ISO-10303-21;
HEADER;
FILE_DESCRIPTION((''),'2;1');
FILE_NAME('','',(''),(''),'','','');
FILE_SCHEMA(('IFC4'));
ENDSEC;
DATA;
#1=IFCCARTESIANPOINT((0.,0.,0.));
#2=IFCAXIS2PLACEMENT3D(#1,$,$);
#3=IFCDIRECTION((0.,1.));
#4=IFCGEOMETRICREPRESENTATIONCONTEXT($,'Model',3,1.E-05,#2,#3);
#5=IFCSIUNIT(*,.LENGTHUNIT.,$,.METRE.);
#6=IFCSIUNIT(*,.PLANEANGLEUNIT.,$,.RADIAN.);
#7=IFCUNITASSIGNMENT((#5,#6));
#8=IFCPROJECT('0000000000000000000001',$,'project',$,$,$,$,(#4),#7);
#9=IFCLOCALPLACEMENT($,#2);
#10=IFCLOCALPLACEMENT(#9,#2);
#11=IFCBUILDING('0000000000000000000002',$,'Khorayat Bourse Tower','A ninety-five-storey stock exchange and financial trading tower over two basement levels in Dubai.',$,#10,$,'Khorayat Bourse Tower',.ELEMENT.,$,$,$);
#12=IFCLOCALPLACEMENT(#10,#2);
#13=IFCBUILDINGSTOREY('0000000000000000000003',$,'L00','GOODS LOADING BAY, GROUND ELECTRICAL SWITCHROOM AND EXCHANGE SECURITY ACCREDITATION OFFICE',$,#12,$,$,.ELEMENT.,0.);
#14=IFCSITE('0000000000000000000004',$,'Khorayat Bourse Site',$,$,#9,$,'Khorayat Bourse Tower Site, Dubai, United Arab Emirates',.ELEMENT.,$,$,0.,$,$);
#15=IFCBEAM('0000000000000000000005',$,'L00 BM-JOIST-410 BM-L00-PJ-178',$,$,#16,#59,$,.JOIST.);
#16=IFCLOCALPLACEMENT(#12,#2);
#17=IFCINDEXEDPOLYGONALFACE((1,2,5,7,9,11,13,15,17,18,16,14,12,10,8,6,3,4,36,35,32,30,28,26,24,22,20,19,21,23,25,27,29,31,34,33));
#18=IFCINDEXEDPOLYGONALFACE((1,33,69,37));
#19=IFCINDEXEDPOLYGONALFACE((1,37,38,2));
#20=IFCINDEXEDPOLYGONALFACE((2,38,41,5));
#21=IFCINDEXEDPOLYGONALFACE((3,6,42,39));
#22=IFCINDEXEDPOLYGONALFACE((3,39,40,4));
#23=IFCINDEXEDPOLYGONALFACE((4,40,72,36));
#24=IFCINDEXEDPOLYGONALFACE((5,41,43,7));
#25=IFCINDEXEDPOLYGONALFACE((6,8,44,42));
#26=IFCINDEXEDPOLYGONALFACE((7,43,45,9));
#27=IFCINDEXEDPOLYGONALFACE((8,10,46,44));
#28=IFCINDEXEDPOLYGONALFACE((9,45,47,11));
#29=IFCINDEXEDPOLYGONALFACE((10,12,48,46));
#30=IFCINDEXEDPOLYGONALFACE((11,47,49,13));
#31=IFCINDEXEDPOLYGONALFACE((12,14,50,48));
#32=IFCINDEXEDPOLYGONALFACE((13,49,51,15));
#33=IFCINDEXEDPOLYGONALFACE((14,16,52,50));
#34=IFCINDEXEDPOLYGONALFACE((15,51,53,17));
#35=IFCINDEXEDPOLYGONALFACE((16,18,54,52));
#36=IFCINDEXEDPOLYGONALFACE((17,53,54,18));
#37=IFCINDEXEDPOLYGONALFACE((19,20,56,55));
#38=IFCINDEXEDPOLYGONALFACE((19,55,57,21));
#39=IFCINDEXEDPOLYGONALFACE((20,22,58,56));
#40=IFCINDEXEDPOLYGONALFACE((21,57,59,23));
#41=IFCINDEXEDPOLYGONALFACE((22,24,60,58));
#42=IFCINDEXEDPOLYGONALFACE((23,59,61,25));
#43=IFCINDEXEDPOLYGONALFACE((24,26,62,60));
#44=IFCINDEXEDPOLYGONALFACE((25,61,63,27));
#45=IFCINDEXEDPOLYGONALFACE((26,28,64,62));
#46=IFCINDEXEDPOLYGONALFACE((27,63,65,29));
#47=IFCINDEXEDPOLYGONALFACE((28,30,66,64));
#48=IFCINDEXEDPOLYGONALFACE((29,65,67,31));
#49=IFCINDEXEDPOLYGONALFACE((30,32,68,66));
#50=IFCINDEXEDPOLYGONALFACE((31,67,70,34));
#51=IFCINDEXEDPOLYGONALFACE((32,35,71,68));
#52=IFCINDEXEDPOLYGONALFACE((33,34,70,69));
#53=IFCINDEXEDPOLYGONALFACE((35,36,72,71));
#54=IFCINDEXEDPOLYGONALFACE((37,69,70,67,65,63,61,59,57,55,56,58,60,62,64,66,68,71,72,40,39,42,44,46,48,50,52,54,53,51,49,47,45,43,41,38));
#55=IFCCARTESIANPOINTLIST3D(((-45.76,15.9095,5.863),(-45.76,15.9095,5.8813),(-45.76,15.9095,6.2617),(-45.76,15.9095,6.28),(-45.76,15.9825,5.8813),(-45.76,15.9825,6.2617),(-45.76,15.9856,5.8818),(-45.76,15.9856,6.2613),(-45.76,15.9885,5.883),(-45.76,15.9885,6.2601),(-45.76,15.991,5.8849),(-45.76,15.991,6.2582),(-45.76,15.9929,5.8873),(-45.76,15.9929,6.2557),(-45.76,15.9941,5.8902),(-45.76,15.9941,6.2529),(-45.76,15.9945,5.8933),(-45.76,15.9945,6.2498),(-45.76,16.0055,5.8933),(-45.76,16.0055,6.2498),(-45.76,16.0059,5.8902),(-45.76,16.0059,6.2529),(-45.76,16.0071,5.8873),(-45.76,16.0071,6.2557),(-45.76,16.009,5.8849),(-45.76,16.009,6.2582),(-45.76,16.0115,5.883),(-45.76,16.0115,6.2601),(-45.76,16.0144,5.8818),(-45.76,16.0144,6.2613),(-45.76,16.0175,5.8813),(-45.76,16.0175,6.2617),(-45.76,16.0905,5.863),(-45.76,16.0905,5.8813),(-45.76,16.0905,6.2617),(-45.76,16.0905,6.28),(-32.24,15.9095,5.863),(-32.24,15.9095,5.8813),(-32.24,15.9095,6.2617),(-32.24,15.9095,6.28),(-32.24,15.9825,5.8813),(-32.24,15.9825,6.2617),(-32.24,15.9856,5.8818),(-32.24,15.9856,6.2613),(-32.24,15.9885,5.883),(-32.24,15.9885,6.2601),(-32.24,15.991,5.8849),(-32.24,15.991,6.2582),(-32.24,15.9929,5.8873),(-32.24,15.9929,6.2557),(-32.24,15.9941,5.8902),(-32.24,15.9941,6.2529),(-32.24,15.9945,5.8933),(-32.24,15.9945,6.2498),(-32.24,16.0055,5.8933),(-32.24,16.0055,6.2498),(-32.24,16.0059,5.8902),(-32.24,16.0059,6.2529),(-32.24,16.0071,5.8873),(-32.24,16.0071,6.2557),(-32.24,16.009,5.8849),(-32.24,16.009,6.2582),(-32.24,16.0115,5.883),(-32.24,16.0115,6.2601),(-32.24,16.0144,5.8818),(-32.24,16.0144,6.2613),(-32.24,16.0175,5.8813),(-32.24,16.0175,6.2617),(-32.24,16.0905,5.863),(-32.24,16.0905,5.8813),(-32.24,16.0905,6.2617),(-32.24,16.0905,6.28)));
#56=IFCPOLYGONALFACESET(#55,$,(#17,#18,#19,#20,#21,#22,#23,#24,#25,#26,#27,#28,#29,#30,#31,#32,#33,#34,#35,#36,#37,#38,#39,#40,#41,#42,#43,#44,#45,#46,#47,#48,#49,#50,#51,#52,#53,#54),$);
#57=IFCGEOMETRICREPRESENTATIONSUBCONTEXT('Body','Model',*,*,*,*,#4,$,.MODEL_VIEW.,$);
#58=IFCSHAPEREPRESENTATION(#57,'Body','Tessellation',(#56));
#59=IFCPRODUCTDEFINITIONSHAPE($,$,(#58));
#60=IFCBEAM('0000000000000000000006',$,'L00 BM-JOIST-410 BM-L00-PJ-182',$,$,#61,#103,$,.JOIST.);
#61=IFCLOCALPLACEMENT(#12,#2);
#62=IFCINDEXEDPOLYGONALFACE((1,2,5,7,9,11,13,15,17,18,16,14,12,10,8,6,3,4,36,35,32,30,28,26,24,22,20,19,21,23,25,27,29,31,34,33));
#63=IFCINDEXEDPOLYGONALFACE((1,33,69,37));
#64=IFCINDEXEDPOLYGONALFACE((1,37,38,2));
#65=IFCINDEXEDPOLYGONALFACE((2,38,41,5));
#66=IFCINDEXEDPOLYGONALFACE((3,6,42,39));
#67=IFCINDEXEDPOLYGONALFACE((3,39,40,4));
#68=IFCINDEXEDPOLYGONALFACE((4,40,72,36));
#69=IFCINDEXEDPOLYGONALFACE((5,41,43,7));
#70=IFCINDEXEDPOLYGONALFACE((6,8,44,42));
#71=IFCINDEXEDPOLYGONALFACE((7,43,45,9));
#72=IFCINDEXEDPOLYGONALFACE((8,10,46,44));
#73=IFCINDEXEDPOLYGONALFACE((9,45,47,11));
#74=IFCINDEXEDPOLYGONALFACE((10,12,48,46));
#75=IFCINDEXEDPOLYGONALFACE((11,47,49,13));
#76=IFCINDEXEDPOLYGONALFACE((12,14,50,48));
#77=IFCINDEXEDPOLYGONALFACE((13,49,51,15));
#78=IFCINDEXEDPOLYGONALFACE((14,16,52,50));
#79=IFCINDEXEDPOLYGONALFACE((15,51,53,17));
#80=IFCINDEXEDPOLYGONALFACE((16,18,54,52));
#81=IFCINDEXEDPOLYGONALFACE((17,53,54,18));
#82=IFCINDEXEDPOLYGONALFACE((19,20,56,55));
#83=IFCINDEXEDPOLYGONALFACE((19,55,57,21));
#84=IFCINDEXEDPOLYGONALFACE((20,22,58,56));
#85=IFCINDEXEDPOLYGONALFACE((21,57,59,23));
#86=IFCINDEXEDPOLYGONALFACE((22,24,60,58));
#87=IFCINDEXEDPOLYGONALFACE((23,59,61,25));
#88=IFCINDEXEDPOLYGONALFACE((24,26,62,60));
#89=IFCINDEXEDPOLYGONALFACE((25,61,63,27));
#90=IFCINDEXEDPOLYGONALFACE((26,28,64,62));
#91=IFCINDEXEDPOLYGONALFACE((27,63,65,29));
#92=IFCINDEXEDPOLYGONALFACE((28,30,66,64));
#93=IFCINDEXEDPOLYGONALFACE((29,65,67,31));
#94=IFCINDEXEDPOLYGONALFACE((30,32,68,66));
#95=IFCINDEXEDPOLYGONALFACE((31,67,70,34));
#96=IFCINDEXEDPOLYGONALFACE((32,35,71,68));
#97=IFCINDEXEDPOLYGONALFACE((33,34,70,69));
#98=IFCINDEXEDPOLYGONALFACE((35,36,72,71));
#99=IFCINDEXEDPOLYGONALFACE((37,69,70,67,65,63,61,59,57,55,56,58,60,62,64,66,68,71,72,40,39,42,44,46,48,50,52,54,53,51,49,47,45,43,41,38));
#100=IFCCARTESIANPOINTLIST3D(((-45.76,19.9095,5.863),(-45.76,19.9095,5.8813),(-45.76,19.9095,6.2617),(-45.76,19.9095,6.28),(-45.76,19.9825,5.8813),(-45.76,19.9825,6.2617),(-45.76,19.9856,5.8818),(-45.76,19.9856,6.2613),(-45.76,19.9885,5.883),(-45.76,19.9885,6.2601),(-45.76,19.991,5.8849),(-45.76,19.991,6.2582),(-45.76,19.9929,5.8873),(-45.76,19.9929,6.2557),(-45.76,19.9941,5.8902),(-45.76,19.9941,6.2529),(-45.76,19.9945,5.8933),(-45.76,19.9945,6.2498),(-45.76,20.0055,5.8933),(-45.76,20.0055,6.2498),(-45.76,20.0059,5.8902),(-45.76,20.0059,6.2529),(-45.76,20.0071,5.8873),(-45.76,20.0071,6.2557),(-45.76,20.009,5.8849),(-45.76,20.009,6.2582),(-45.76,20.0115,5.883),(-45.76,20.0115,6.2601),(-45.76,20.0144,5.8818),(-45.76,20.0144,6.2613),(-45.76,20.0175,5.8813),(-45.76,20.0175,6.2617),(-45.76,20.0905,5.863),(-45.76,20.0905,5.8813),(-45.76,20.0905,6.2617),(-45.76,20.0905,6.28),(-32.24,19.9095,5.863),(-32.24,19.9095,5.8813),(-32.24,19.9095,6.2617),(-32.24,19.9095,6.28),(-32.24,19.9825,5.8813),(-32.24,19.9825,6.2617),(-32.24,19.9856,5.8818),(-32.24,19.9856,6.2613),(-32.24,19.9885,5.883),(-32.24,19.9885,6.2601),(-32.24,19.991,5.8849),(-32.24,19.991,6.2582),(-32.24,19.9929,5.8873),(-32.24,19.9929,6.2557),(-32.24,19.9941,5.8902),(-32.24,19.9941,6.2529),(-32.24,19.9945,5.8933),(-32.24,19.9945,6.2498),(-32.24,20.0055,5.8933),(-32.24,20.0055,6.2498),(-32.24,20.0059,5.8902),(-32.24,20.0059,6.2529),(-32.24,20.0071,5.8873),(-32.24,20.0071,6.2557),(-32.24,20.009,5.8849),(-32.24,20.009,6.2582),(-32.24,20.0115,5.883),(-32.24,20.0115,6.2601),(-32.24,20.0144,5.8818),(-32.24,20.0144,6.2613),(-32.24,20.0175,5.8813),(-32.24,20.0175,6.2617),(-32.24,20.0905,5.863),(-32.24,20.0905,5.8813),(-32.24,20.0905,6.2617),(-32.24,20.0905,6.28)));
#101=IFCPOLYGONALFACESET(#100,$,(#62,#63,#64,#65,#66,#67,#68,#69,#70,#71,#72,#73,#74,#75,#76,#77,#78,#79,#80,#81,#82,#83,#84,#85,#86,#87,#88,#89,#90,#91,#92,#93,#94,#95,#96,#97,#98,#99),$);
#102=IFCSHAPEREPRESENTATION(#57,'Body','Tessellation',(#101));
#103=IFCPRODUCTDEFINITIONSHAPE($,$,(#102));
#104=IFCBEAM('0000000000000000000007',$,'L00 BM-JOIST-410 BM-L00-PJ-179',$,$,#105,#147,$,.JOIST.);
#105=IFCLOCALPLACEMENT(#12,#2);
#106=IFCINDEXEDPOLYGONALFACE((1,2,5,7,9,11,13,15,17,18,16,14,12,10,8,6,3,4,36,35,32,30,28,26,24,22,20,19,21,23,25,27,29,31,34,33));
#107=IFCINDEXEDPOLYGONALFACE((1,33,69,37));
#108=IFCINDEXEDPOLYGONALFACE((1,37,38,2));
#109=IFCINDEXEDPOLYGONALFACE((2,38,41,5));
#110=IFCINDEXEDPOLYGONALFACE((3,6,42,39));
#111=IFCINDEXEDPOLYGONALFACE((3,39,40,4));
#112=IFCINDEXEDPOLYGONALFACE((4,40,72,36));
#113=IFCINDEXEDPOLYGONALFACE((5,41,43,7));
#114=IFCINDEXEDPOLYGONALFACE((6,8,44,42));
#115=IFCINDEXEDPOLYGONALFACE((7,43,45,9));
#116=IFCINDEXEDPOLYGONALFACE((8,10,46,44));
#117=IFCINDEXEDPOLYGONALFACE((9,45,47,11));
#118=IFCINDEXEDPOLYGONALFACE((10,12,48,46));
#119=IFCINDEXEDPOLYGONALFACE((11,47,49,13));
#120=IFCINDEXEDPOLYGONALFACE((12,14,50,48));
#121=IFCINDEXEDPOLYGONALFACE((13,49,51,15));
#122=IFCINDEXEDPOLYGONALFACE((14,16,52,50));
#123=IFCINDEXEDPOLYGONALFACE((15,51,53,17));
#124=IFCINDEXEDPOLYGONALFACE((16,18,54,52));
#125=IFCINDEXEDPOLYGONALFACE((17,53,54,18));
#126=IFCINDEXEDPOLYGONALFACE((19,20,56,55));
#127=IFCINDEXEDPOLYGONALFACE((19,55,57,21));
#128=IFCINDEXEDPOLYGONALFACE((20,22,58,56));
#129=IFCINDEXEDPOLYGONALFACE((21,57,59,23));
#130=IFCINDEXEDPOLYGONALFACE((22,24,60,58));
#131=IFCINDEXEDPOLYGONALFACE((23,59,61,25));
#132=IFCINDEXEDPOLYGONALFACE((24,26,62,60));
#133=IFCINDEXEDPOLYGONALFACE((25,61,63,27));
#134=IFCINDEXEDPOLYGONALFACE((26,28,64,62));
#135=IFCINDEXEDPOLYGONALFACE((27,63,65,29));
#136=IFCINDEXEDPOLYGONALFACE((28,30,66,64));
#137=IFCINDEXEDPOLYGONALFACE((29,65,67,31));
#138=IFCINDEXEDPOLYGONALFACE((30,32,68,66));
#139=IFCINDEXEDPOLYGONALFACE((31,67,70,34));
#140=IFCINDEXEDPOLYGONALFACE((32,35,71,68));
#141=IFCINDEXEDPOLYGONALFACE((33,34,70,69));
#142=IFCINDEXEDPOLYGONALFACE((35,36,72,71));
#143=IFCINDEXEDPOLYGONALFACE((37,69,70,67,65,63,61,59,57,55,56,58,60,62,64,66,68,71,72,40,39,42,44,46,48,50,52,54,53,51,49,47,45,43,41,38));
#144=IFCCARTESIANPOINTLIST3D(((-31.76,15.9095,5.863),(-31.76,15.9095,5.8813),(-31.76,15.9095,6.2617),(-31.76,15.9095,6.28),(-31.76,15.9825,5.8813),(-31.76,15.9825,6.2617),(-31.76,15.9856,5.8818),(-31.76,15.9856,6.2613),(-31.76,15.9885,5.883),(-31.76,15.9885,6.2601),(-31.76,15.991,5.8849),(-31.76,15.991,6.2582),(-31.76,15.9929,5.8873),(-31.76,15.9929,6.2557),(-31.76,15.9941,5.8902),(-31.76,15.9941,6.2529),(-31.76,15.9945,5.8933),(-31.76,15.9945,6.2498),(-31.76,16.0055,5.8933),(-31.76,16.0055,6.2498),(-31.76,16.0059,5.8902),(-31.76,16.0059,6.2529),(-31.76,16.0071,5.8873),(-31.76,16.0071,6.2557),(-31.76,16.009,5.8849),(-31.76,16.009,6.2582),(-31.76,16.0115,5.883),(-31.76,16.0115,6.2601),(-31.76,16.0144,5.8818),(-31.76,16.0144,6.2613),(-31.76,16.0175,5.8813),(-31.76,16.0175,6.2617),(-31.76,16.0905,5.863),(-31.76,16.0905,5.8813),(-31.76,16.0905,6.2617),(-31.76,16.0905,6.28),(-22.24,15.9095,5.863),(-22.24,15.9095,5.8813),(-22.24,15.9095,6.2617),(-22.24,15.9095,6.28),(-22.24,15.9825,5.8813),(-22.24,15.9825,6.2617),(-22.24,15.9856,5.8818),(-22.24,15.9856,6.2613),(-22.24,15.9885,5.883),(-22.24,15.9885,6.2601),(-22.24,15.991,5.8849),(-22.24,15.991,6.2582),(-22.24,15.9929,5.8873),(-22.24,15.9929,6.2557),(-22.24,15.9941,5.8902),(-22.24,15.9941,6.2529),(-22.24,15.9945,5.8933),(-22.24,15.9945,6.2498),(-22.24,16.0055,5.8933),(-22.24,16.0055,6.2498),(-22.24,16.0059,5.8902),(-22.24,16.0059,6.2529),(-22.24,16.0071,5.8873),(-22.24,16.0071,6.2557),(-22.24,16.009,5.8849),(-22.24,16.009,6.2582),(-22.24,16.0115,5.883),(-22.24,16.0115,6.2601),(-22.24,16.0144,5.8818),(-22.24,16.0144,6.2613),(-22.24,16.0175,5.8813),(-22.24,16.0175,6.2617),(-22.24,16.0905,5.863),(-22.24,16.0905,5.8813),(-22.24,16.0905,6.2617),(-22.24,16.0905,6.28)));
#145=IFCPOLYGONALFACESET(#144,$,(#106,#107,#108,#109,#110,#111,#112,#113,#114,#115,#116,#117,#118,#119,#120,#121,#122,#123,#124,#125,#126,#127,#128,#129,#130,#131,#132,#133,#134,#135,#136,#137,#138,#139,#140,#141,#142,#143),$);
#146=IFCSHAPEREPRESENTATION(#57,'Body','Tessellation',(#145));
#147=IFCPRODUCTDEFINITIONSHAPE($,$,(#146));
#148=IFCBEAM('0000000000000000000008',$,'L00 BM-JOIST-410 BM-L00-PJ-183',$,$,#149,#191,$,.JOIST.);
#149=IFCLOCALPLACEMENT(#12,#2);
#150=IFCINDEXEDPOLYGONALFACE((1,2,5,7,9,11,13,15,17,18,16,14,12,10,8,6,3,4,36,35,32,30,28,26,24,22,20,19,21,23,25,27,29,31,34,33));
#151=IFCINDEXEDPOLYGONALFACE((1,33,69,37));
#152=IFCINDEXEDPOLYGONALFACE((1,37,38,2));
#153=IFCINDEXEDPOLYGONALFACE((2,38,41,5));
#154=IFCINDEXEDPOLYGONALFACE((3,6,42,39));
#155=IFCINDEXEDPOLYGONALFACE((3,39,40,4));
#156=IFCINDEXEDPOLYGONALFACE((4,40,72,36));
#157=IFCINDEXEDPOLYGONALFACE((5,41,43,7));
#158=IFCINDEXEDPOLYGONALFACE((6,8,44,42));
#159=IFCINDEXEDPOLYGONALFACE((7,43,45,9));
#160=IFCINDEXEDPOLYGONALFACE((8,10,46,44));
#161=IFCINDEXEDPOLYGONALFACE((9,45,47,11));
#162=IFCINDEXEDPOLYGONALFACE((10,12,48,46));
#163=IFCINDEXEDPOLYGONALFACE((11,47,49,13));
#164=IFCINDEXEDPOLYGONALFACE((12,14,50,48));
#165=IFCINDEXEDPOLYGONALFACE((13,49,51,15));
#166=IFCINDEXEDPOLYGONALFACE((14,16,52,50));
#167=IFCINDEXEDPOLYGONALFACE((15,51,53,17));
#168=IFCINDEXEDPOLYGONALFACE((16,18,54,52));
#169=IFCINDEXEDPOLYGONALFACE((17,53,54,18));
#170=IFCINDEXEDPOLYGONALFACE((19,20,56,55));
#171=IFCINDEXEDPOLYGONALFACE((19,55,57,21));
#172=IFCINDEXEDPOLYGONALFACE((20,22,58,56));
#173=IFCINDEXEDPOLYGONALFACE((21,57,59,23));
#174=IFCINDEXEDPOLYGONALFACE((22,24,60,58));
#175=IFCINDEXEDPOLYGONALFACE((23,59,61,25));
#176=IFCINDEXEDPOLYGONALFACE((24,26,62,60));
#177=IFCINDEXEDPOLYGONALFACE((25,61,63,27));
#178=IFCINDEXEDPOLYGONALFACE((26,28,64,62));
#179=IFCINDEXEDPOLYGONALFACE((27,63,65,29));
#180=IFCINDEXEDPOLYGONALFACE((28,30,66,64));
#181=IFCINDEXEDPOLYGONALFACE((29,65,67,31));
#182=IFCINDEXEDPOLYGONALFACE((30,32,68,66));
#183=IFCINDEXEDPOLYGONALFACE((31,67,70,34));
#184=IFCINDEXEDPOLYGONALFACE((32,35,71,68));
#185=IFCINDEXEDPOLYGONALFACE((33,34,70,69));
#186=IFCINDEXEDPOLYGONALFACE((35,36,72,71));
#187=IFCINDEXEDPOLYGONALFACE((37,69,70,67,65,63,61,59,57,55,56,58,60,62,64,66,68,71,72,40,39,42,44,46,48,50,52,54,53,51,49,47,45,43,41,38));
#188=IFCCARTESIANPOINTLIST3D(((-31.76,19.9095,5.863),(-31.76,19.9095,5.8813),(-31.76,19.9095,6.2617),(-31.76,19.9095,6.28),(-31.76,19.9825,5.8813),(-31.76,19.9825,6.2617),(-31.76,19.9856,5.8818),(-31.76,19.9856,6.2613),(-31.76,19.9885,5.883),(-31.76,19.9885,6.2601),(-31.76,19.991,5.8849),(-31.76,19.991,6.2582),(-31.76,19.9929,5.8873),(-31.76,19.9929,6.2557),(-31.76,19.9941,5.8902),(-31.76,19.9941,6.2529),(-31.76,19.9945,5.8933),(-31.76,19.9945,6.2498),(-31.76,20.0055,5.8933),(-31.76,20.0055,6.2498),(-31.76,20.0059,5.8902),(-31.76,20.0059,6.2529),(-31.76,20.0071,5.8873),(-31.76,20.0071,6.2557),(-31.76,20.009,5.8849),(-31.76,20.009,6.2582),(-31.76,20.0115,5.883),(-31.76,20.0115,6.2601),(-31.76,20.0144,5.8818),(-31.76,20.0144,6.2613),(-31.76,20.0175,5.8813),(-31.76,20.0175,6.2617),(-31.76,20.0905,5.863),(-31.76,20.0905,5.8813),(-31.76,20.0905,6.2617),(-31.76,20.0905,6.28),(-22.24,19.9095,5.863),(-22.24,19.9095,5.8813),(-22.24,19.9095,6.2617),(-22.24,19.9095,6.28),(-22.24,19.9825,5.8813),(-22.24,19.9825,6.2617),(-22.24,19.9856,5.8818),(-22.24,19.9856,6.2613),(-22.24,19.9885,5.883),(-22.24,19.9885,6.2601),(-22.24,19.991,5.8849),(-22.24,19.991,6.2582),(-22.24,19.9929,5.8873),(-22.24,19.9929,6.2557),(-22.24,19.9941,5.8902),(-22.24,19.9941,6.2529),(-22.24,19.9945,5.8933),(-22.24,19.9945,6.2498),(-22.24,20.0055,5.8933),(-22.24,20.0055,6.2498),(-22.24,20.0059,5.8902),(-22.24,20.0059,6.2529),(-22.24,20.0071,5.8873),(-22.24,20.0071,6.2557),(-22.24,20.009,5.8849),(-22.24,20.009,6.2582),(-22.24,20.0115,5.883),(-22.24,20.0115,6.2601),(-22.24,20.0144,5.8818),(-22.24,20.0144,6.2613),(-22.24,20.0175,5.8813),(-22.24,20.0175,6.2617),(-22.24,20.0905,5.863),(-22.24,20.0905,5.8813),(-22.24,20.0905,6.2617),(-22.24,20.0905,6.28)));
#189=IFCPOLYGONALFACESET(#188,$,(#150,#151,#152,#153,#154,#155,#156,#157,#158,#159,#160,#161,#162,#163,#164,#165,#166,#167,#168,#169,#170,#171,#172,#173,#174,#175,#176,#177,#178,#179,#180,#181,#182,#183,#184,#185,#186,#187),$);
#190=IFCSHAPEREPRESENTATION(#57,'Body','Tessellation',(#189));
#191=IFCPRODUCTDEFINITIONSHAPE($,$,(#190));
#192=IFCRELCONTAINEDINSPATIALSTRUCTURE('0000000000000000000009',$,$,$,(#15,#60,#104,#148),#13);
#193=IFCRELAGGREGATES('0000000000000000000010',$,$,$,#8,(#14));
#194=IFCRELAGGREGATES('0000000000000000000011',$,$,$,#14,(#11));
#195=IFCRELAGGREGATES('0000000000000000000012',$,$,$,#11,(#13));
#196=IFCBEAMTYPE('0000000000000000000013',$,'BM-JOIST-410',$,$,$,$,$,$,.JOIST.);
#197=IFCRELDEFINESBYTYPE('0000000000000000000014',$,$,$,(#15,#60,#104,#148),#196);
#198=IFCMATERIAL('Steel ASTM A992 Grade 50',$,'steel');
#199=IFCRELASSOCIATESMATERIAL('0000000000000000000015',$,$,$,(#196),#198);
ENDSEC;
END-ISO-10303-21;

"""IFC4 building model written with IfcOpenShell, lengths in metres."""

from ifc_helpers import new_model, si_unit, direction, frame, origin, origin_2d, place, context, subcontext, project, spatial, i_section, extrude, source, transform, mapped, material, material_profile, profile_set, type_object, element, save


model = new_model("IFC4")

# Units and contexts
model_context = context("Model", 3, precision=1e-05, world=origin(), true_north=direction((0.0, 1.0)))
body_context = subcontext(model_context, "Body", "Model", "MODEL_VIEW")
ifc_project = project(units=[si_unit("LENGTHUNIT", "METRE"), si_unit("PLANEANGLEUNIT", "RADIAN")], contexts=[model_context])

# Site, building, storey
site_placement = place(None, origin())
site = spatial("IfcSite", under=ifc_project, at=site_placement, Name="Khorayat Bourse Site", LongName="Khorayat Bourse Tower Site, Dubai, United Arab Emirates", CompositionType="ELEMENT", RefElevation=0.0)
building_placement = place(site_placement, origin())
building = spatial("IfcBuilding", under=site, at=building_placement, Name="Khorayat Bourse Tower", Description="A ninety-five-storey stock exchange and financial trading tower over two basement levels in Dubai.", LongName="Khorayat Bourse Tower", CompositionType="ELEMENT")
storey_placement = place(building_placement, origin())
storey = spatial("IfcBuildingStorey", under=building, at=storey_placement, Name="L00", Description="GOODS LOADING BAY, GROUND ELECTRICAL SWITCHROOM AND EXCHANGE SECURITY ACCREDITATION OFFICE", CompositionType="ELEMENT", Elevation=0.0)

# Beams
ifc_material_1 = material(Name="Steel ASTM A992 Grade 50", Category="steel")
ifc_material_profile_1 = material_profile(ifc_material_1, i_section(OverallWidth=0.1809, OverallDepth=0.417, WebThickness=0.011, FlangeThickness=0.0183, FilletRadius=0.012, at=origin_2d()), Name="W410X85")
ifc_profile_set_1 = profile_set([ifc_material_profile_1], Name="Steel ASTM A992 Grade 50")
beam_type_1 = type_object("IfcBeamType", Name="BM-JOIST-410", PredefinedType="JOIST", material=ifc_profile_set_1)
shared_shape_1 = source(origin(), body_context, "Body", "SweptSolid", [
    extrude(i_section(OverallWidth=0.1809, OverallDepth=0.417, WebThickness=0.011, FlangeThickness=0.0183, FilletRadius=0.012, at=origin_2d()), origin(), (0.0, 0.0, 1.0), 13.52),
])
for number, where, z_axis, x_axis, name in (
    (1, (-45.76, 16.0, 6.0715), (1.0, 0.0, 0.0), (0.0, 1.0, 0.0), "L00 BM-JOIST-410 BM-L00-PJ-178"),
    (2, (-45.76, 20.0, 6.0715), (1.0, 0.0, 0.0), (0.0, 1.0, 0.0), "L00 BM-JOIST-410 BM-L00-PJ-182"),
):
    element("IfcBeam", number, at=place(storey_placement, frame(where, z_axis=z_axis, x_axis=x_axis)), inside=storey, type_object=beam_type_1, Name=name, PredefinedType="JOIST", context=body_context, shape_type="MappedRepresentation", body=[
        mapped(shared_shape_1, transform((0.0, 0.0, 0.0), scale=1.0)),
    ])
shared_shape_2 = source(origin(), body_context, "Body", "SweptSolid", [
    extrude(i_section(OverallWidth=0.1809, OverallDepth=0.417, WebThickness=0.011, FlangeThickness=0.0183, FilletRadius=0.012, at=origin_2d()), origin(), (0.0, 0.0, 1.0), 9.52),
])
for number, where, z_axis, x_axis, name in (
    (3, (-31.76, 16.0, 6.0715), (1.0, 0.0, 0.0), (0.0, 1.0, 0.0), "L00 BM-JOIST-410 BM-L00-PJ-179"),
    (4, (-31.76, 20.0, 6.0715), (1.0, 0.0, 0.0), (0.0, 1.0, 0.0), "L00 BM-JOIST-410 BM-L00-PJ-183"),
):
    element("IfcBeam", number, at=place(storey_placement, frame(where, z_axis=z_axis, x_axis=x_axis)), inside=storey, type_object=beam_type_1, Name=name, PredefinedType="JOIST", context=body_context, shape_type="MappedRepresentation", body=[
        mapped(shared_shape_2, transform((0.0, 0.0, 0.0), scale=1.0)),
    ])

save(model, "model.ifc")
